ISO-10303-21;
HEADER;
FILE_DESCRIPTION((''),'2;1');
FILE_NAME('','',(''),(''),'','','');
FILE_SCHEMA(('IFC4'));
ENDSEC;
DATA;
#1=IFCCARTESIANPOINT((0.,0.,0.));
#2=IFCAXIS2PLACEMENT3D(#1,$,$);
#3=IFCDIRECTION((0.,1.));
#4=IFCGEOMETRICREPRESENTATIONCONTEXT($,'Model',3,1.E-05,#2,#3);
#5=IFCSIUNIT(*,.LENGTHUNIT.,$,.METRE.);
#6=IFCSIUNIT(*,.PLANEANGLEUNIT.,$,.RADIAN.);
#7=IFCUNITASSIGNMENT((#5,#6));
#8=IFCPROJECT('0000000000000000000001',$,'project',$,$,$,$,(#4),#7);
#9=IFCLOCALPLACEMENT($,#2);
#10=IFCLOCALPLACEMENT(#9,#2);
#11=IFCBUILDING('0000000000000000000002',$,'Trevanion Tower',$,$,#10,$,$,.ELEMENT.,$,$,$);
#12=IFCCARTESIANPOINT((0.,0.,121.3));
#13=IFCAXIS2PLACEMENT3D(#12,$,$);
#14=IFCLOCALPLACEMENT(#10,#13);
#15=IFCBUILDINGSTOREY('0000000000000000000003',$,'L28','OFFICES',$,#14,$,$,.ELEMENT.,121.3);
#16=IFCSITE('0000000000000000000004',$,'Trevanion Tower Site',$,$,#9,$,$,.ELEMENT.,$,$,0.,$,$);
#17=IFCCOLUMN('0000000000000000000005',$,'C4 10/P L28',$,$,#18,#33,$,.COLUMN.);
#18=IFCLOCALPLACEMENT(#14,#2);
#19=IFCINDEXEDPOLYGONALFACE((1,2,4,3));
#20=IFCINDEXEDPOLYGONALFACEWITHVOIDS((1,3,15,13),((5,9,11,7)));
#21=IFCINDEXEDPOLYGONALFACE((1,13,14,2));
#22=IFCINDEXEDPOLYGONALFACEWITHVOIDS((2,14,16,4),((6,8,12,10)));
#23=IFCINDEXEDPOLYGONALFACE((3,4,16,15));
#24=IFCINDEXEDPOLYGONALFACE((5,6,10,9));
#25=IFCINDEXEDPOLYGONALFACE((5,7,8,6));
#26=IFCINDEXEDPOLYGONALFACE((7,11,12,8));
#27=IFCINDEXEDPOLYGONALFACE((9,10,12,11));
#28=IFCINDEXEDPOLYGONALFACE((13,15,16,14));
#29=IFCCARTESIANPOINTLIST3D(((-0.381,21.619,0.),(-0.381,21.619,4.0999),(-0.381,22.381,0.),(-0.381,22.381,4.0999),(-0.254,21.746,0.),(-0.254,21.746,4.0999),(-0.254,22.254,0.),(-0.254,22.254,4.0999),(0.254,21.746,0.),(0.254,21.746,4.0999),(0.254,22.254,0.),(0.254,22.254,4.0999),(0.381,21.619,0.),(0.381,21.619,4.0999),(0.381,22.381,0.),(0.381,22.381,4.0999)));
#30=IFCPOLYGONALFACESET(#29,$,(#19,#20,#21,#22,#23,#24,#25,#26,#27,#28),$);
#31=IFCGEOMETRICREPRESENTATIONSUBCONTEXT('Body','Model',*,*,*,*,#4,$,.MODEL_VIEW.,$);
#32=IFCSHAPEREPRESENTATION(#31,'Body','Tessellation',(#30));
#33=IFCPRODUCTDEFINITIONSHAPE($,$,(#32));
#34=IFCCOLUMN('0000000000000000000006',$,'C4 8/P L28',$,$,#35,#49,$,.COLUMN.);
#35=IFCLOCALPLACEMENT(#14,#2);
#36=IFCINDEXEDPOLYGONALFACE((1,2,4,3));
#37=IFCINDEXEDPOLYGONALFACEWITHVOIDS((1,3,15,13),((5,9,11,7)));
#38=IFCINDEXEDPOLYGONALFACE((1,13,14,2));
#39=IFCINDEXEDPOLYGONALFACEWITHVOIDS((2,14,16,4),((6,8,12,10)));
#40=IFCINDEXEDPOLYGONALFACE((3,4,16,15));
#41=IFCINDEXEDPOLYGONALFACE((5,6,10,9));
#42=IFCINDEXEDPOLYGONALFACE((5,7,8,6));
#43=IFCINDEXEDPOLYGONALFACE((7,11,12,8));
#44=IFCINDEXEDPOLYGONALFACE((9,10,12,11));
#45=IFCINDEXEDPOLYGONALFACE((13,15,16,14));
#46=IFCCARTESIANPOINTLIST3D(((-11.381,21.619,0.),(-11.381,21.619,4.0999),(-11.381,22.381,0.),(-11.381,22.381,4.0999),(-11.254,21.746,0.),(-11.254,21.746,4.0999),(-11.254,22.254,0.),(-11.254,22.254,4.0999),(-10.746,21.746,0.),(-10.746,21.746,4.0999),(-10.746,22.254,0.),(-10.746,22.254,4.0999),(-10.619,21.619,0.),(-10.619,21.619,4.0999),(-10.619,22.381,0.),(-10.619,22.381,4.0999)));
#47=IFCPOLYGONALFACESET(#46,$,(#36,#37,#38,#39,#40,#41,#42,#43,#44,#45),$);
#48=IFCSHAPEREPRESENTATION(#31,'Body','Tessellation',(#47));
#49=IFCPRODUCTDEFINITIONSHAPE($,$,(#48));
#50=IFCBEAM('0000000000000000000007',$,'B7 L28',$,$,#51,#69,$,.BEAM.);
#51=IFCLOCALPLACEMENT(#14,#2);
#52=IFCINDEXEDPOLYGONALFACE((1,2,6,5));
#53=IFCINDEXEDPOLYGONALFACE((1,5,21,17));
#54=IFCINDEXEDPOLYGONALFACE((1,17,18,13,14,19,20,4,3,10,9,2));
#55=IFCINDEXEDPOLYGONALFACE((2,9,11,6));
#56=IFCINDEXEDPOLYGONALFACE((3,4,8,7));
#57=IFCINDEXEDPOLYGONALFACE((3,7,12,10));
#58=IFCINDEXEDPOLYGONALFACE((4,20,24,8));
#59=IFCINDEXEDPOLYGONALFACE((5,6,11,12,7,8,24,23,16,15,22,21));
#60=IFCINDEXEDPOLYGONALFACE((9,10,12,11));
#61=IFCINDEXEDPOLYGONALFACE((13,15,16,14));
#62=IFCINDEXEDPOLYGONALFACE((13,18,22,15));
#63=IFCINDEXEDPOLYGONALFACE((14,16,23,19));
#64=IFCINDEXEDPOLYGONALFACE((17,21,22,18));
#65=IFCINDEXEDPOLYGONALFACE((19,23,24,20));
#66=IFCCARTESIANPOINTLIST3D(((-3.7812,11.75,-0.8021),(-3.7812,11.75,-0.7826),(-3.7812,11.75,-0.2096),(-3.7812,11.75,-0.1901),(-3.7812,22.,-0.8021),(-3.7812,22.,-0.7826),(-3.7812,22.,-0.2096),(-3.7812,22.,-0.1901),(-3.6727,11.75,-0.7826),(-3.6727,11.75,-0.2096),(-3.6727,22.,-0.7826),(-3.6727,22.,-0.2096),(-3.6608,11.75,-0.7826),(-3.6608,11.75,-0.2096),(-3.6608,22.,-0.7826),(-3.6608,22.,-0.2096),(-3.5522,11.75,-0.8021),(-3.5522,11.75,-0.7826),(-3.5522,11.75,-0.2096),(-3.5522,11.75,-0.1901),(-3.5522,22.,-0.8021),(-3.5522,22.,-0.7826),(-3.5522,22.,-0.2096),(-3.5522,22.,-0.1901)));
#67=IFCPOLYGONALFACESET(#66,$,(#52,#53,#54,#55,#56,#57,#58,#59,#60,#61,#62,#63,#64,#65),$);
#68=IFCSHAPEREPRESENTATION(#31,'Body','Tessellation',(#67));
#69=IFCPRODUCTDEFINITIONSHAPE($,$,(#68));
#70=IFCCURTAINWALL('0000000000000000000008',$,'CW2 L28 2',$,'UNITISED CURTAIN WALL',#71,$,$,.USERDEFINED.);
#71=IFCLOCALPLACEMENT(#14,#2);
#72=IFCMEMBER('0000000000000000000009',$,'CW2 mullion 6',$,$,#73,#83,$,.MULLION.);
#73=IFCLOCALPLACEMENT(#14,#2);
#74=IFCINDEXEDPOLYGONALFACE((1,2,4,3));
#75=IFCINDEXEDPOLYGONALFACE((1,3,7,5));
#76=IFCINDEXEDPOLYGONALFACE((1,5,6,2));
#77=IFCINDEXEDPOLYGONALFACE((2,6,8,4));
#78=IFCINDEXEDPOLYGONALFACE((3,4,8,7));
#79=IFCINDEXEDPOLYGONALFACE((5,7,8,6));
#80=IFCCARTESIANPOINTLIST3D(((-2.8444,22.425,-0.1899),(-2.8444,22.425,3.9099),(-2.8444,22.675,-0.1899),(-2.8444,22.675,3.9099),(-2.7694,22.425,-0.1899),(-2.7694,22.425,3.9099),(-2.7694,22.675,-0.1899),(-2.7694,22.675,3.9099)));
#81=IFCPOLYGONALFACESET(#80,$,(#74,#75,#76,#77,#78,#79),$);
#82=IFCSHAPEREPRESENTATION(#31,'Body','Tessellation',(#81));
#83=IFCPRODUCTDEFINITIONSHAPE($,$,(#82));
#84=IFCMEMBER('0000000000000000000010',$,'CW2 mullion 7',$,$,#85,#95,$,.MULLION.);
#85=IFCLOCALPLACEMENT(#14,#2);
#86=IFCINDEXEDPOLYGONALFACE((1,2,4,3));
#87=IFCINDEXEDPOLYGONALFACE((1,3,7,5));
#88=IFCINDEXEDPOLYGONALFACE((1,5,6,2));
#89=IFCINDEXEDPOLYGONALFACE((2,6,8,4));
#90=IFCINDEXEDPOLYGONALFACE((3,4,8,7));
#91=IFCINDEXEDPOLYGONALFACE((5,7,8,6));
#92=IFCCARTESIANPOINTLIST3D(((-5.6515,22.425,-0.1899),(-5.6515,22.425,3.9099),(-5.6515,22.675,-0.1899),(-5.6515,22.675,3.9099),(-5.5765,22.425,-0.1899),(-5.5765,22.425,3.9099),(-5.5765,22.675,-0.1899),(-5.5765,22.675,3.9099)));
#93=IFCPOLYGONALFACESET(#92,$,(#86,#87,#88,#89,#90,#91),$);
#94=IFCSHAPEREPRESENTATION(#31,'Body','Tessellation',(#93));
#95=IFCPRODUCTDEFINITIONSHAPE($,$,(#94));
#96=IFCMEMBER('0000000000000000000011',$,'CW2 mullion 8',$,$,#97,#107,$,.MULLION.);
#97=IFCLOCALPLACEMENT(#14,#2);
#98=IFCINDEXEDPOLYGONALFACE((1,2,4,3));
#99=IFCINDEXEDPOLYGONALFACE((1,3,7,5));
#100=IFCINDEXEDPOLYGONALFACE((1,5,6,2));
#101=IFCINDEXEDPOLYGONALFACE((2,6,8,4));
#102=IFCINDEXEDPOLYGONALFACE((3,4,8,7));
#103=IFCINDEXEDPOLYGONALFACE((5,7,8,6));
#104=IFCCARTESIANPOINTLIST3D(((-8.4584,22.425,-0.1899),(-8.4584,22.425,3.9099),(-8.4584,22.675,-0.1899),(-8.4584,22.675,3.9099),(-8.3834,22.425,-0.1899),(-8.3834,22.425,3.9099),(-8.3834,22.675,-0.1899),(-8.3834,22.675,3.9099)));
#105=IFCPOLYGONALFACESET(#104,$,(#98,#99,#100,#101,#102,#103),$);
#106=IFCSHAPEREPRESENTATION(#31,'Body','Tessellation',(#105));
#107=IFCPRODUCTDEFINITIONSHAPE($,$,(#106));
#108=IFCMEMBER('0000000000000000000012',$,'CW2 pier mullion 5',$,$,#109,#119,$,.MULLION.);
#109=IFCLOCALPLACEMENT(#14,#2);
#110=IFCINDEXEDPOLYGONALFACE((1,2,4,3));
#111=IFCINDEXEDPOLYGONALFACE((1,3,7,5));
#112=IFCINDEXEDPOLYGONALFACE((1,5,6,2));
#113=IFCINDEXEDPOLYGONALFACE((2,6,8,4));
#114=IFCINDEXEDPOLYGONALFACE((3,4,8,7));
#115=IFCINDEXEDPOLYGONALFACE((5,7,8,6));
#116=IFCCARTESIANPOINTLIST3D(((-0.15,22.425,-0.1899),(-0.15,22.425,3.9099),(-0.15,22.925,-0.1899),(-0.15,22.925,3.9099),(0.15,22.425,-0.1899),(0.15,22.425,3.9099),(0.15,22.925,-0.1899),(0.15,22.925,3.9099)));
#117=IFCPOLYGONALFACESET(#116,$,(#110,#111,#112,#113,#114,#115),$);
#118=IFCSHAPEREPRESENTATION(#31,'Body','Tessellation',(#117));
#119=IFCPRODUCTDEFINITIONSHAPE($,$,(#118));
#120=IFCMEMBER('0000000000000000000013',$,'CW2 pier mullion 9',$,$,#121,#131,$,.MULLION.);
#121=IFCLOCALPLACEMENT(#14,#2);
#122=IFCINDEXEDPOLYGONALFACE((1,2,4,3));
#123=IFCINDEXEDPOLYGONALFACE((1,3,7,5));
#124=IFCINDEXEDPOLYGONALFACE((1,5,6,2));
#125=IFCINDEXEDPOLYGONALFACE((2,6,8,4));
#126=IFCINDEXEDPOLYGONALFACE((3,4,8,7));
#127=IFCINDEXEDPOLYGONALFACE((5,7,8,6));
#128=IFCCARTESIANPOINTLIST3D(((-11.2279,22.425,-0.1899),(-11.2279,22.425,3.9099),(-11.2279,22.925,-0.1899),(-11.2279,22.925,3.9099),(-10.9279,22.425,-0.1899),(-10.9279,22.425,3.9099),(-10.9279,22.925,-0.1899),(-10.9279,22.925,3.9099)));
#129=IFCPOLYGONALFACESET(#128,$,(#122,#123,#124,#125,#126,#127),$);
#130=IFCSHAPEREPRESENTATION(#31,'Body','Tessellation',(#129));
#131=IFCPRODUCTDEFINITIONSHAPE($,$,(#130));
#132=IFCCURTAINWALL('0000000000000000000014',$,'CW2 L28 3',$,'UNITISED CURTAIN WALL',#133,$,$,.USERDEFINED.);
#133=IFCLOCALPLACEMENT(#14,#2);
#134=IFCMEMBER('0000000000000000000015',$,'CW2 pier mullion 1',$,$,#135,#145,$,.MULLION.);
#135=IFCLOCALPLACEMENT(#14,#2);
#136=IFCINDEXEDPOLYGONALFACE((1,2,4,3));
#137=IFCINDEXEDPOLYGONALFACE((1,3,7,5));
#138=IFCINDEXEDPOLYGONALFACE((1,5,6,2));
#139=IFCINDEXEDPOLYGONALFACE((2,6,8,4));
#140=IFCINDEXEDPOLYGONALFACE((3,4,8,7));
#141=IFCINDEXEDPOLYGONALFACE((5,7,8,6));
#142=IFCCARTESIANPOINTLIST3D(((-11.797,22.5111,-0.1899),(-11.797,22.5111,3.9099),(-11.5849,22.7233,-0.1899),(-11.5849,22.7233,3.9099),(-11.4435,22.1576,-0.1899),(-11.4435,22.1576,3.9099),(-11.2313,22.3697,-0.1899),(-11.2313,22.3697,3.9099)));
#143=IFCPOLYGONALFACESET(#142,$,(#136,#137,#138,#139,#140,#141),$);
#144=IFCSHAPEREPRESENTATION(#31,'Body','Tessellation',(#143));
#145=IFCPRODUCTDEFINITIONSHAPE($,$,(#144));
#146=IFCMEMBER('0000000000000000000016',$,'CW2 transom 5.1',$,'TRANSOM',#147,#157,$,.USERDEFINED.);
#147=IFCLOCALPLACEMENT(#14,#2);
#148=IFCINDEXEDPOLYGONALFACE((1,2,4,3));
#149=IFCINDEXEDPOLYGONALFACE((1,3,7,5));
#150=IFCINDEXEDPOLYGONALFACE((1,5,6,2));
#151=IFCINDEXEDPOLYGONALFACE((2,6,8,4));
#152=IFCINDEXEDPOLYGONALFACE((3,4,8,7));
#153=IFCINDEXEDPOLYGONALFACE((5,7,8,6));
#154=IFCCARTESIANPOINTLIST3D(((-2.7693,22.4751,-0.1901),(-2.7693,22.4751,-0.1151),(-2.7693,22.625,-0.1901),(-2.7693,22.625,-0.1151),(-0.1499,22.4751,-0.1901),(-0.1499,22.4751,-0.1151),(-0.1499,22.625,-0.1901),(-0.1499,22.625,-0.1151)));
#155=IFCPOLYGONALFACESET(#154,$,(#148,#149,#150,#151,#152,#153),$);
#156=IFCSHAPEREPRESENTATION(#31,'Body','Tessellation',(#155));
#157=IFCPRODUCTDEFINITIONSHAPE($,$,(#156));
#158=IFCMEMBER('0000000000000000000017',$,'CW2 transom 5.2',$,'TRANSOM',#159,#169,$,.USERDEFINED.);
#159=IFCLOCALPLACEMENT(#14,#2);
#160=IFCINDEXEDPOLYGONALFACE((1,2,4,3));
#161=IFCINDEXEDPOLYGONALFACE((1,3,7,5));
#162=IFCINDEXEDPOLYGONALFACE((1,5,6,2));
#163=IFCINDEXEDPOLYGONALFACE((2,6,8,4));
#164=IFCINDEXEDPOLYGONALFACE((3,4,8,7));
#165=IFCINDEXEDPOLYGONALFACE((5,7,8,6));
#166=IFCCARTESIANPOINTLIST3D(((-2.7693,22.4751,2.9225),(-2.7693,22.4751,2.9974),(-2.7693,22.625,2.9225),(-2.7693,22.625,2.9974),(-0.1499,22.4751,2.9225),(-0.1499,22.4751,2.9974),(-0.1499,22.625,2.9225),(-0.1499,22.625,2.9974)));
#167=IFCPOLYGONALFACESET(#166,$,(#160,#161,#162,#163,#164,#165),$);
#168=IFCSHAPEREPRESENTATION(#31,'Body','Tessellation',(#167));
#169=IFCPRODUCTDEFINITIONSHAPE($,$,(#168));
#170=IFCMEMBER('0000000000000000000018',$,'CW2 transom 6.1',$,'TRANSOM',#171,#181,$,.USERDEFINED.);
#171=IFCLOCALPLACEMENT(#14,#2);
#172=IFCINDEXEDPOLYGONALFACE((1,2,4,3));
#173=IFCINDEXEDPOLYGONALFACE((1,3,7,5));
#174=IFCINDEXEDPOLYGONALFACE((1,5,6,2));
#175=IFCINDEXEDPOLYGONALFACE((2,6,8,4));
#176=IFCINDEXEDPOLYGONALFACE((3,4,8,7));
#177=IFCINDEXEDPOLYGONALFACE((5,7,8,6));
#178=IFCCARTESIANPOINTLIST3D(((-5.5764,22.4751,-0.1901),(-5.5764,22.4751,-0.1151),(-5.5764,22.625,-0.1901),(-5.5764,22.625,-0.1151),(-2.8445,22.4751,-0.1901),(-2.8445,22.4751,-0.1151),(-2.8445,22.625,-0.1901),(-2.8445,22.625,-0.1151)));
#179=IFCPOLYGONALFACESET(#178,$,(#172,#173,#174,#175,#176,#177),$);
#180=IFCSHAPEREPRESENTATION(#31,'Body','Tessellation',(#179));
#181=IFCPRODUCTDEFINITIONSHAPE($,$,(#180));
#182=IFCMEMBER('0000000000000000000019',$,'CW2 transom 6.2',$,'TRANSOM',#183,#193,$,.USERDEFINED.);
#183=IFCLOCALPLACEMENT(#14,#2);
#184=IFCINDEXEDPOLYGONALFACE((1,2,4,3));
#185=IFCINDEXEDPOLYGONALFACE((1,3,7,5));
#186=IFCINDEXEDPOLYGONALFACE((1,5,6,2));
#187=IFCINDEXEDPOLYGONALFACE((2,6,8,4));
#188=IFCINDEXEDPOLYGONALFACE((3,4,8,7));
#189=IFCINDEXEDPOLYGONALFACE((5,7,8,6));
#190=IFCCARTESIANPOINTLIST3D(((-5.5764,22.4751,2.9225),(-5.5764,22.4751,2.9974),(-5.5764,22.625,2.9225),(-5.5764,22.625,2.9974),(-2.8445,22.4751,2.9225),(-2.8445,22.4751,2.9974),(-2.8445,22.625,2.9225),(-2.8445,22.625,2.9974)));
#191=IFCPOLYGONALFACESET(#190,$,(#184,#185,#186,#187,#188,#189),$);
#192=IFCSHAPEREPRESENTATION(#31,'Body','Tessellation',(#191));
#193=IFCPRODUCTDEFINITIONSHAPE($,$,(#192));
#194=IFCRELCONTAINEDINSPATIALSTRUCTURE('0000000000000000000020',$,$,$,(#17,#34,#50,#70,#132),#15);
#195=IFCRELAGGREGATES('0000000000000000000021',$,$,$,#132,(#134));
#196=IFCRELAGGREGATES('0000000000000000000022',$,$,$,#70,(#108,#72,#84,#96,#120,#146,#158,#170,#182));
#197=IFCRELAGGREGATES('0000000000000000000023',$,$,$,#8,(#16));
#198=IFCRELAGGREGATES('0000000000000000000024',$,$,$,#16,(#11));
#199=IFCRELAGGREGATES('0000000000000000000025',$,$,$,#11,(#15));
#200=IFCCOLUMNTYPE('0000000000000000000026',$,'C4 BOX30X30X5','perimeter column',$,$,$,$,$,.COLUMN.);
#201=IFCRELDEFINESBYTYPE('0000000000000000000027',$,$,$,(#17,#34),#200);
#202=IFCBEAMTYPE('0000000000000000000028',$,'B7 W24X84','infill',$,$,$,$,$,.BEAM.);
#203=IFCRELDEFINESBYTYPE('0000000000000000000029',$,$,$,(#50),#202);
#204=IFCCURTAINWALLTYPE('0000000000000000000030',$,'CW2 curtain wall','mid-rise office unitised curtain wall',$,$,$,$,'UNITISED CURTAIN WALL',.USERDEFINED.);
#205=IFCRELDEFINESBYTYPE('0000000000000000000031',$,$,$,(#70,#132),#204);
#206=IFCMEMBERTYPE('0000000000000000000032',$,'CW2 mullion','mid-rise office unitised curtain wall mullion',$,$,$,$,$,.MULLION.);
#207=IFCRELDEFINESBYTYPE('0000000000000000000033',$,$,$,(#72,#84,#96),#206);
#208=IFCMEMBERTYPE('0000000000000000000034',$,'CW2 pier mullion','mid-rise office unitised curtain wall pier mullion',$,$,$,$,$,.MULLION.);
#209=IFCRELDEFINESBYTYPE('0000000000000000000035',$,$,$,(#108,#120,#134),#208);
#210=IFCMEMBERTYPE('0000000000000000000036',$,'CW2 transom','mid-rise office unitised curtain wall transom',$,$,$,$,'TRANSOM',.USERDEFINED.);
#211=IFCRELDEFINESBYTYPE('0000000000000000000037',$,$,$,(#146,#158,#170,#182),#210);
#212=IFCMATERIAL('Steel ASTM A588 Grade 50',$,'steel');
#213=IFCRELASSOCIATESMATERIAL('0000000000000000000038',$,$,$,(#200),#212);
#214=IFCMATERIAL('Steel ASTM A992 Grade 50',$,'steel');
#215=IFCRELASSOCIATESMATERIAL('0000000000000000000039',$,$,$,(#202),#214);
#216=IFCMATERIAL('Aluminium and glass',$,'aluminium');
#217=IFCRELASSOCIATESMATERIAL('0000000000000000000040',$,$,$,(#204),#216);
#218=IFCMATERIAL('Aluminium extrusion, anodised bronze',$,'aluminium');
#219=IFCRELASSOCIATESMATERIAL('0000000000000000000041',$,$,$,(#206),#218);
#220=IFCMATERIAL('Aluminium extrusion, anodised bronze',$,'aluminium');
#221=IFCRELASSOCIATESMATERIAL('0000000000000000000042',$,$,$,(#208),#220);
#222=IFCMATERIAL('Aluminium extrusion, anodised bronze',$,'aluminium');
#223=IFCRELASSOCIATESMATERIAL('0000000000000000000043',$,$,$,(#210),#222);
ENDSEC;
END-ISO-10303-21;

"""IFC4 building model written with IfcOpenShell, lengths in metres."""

from ifc_helpers import new_model, si_unit, direction, frame, origin, origin_2d, place, context, subcontext, project, spatial, rectangle, hollow_rectangle, i_section, extrude, material, material_profile, profile_set, type_object, element, aggregate, save


model = new_model("IFC4")

# Units and contexts
model_context = context("Model", 3, precision=1e-05, world=origin(), true_north=direction((0.0, 1.0)))
body_context = subcontext(model_context, "Body", "Model", "MODEL_VIEW")
ifc_project = project(units=[si_unit("LENGTHUNIT", "METRE"), si_unit("PLANEANGLEUNIT", "RADIAN")], contexts=[model_context])

# Site, building, storey
site_placement = place(None, origin())
site = spatial("IfcSite", under=ifc_project, at=site_placement, Name="Trevanion Tower Site", CompositionType="ELEMENT", RefElevation=0.0)
building_placement = place(site_placement, origin())
building = spatial("IfcBuilding", under=site, at=building_placement, Name="Trevanion Tower", CompositionType="ELEMENT")
storey_placement = place(building_placement, frame((0.0, 0.0, 121.3)))
storey = spatial("IfcBuildingStorey", under=building, at=storey_placement, Name="L28", Description="OFFICES", CompositionType="ELEMENT", Elevation=121.3)

# Columns
ifc_material_1 = material(Name="Steel ASTM A588 Grade 50", Category="steel")
ifc_material_profile_1 = material_profile(ifc_material_1, hollow_rectangle(XDim=0.762, YDim=0.762, WallThickness=0.127, at=origin_2d()), Name="BOX30X30X5")
ifc_profile_set_1 = profile_set([ifc_material_profile_1], Name="Steel ASTM A588 Grade 50")
column_type = type_object("IfcColumnType", Name="C4 BOX30X30X5", Description="perimeter column", PredefinedType="COLUMN", material=ifc_profile_set_1)
for number, where, z_axis, x_axis, name in (
    (1, (0.0, 22.0, 0.0), (0.0, 0.0, 1.0), (1.0, 0.0, 0.0), "C4 10/P L28"),
    (2, (-11.0, 22.0, 0.0), (0.0, 0.0, 1.0), (1.0, 0.0, 0.0), "C4 8/P L28"),
):
    element("IfcColumn", number, at=place(storey_placement, frame(where, z_axis=z_axis, x_axis=x_axis)), inside=storey, type_object=column_type, Name=name, PredefinedType="COLUMN", context=body_context, shape_type="SweptSolid", body=[
        extrude(hollow_rectangle(XDim=0.762, YDim=0.762, WallThickness=0.127, at=origin_2d()), origin(), (0.0, 0.0, 1.0), 4.0999),
    ])

# Beam
ifc_material_2 = material(Name="Steel ASTM A992 Grade 50", Category="steel")
ifc_material_profile_2 = material_profile(ifc_material_2, i_section(OverallWidth=0.229, OverallDepth=0.6121, WebThickness=0.012, FlangeThickness=0.0195, at=origin_2d()), Name="W24X84")
ifc_profile_set_2 = profile_set([ifc_material_profile_2], Name="Steel ASTM A992 Grade 50")
beam_type_1 = type_object("IfcBeamType", Name="B7 W24X84", Description="infill", PredefinedType="BEAM", material=ifc_profile_set_2)
beam_1_placement = place(storey_placement, frame((-3.6667, 11.75, -0.4961), z_axis=(0.0, 1.0, 0.0), x_axis=(-1.0, 0.0, 0.0)))
element("IfcBeam", 3, at=beam_1_placement, inside=storey, type_object=beam_type_1, Name="B7 L28", PredefinedType="BEAM", context=body_context, shape_type="SweptSolid", body=[
    extrude(i_section(OverallWidth=0.229, OverallDepth=0.6121, WebThickness=0.012, FlangeThickness=0.0195, at=origin_2d()), origin(), (0.0, 0.0, 1.0), 10.25),
])

# Curtain wall, members
ifc_material_3 = material(Name="Aluminium and glass", Category="aluminium")
curtain_wall_type = type_object("IfcCurtainWallType", Name="CW2 curtain wall", Description="mid-rise office unitised curtain wall", ElementType="UNITISED CURTAIN WALL", PredefinedType="USERDEFINED", material=ifc_material_3)
curtain_wall_1_placement = place(storey_placement, origin())
curtain_wall_1 = element("IfcCurtainWall", 4, at=curtain_wall_1_placement, inside=storey, type_object=curtain_wall_type, Name="CW2 L28 2", ObjectType="UNITISED CURTAIN WALL", PredefinedType="USERDEFINED")
ifc_material_4 = material(Name="Aluminium extrusion, anodised bronze", Category="aluminium")
ifc_material_profile_3 = material_profile(ifc_material_4, rectangle(XDim=0.075, YDim=0.25, at=origin_2d()), Name="CW2 mullion")
ifc_profile_set_3 = profile_set([ifc_material_profile_3], Name="Aluminium extrusion, anodised bronze")
member_type_1 = type_object("IfcMemberType", Name="CW2 mullion", Description="mid-rise office unitised curtain wall mullion", PredefinedType="MULLION", material=ifc_profile_set_3)
member_1_placement = place(storey_placement, frame((-2.8069, 22.55, -0.1899), z_axis=(0.0, 0.0, 1.0), x_axis=(-1.0, 0.0, 0.0)))
member_1 = element("IfcMember", 5, at=member_1_placement, type_object=member_type_1, Name="CW2 mullion 6", PredefinedType="MULLION", context=body_context, shape_type="SweptSolid", body=[
    extrude(rectangle(XDim=0.075, YDim=0.25, at=origin_2d()), origin(), (0.0, 0.0, 1.0), 4.0999),
])
member_2_placement = place(storey_placement, frame((-5.614, 22.55, -0.1899), z_axis=(0.0, 0.0, 1.0), x_axis=(-1.0, 0.0, 0.0)))
member_2 = element("IfcMember", 6, at=member_2_placement, type_object=member_type_1, Name="CW2 mullion 7", PredefinedType="MULLION", context=body_context, shape_type="SweptSolid", body=[
    extrude(rectangle(XDim=0.075, YDim=0.25, at=origin_2d()), origin(), (0.0, 0.0, 1.0), 4.0999),
])
member_3_placement = place(storey_placement, frame((-8.4209, 22.55, -0.1899), z_axis=(0.0, 0.0, 1.0), x_axis=(-1.0, 0.0, 0.0)))
member_3 = element("IfcMember", 7, at=member_3_placement, type_object=member_type_1, Name="CW2 mullion 8", PredefinedType="MULLION", context=body_context, shape_type="SweptSolid", body=[
    extrude(rectangle(XDim=0.075, YDim=0.25, at=origin_2d()), origin(), (0.0, 0.0, 1.0), 4.0999),
])
ifc_material_5 = material(Name="Aluminium extrusion, anodised bronze", Category="aluminium")
ifc_material_profile_4 = material_profile(ifc_material_5, rectangle(XDim=0.3, YDim=0.5, at=origin_2d()), Name="CW2 pier mullion")
ifc_profile_set_4 = profile_set([ifc_material_profile_4], Name="Aluminium extrusion, anodised bronze")
member_type_2 = type_object("IfcMemberType", Name="CW2 pier mullion", Description="mid-rise office unitised curtain wall pier mullion", PredefinedType="MULLION", material=ifc_profile_set_4)
member_4_placement = place(storey_placement, frame((0.0, 22.675, -0.1899), z_axis=(0.0, 0.0, 1.0), x_axis=(-1.0, 0.0, 0.0)))
member_4 = element("IfcMember", 8, at=member_4_placement, type_object=member_type_2, Name="CW2 pier mullion 5", PredefinedType="MULLION", context=body_context, shape_type="SweptSolid", body=[
    extrude(rectangle(XDim=0.3, YDim=0.5, at=origin_2d()), origin(), (0.0, 0.0, 1.0), 4.0999),
])
member_5_placement = place(storey_placement, frame((-11.0779, 22.675, -0.1899), z_axis=(0.0, 0.0, 1.0), x_axis=(-1.0, 0.0, 0.0)))
member_5 = element("IfcMember", 9, at=member_5_placement, type_object=member_type_2, Name="CW2 pier mullion 9", PredefinedType="MULLION", context=body_context, shape_type="SweptSolid", body=[
    extrude(rectangle(XDim=0.3, YDim=0.5, at=origin_2d()), origin(), (0.0, 0.0, 1.0), 4.0999),
])

# Curtain wall, member
curtain_wall_2_placement = place(storey_placement, origin())
curtain_wall_2 = element("IfcCurtainWall", 10, at=curtain_wall_2_placement, inside=storey, type_object=curtain_wall_type, Name="CW2 L28 3", ObjectType="UNITISED CURTAIN WALL", PredefinedType="USERDEFINED")
member_6_placement = place(storey_placement, frame((-11.5142, 22.4404, -0.1899), z_axis=(0.0, 0.0, 1.0), x_axis=(-0.707107, -0.707107, 0.0)))
member_6 = element("IfcMember", 11, at=member_6_placement, type_object=member_type_2, Name="CW2 pier mullion 1", PredefinedType="MULLION", context=body_context, shape_type="SweptSolid", body=[
    extrude(rectangle(XDim=0.3, YDim=0.5, at=origin_2d()), origin(), (0.0, 0.0, 1.0), 4.0999),
])
aggregate(curtain_wall_2, [member_6])

# Members
ifc_material_6 = material(Name="Aluminium extrusion, anodised bronze", Category="aluminium")
ifc_material_profile_5 = material_profile(ifc_material_6, rectangle(XDim=0.1499, YDim=0.075, at=origin_2d()), Name="CW2 transom")
ifc_profile_set_5 = profile_set([ifc_material_profile_5], Name="Aluminium extrusion, anodised bronze")
member_type_3 = type_object("IfcMemberType", Name="CW2 transom", Description="mid-rise office unitised curtain wall transom", ElementType="TRANSOM", PredefinedType="USERDEFINED", material=ifc_profile_set_5)
member_7_placement = place(storey_placement, frame((-0.1499, 22.55, -0.1526), z_axis=(-1.0, 0.0, 0.0), x_axis=(0.0, -1.0, 0.0)))
member_7 = element("IfcMember", 12, at=member_7_placement, type_object=member_type_3, Name="CW2 transom 5.1", ObjectType="TRANSOM", PredefinedType="USERDEFINED", context=body_context, shape_type="SweptSolid", body=[
    extrude(rectangle(XDim=0.1499, YDim=0.075, at=origin_2d()), origin(), (0.0, 0.0, 1.0), 2.6194),
])
member_8_placement = place(storey_placement, frame((-0.1499, 22.55, 2.96), z_axis=(-1.0, 0.0, 0.0), x_axis=(0.0, -1.0, 0.0)))
member_8 = element("IfcMember", 13, at=member_8_placement, type_object=member_type_3, Name="CW2 transom 5.2", ObjectType="TRANSOM", PredefinedType="USERDEFINED", context=body_context, shape_type="SweptSolid", body=[
    extrude(rectangle(XDim=0.1499, YDim=0.075, at=origin_2d()), origin(), (0.0, 0.0, 1.0), 2.6194),
])
member_9_placement = place(storey_placement, frame((-2.8445, 22.55, -0.1526), z_axis=(-1.0, 0.0, 0.0), x_axis=(0.0, -1.0, 0.0)))
member_9 = element("IfcMember", 14, at=member_9_placement, type_object=member_type_3, Name="CW2 transom 6.1", ObjectType="TRANSOM", PredefinedType="USERDEFINED", context=body_context, shape_type="SweptSolid", body=[
    extrude(rectangle(XDim=0.1499, YDim=0.075, at=origin_2d()), origin(), (0.0, 0.0, 1.0), 2.7319),
])
member_10_placement = place(storey_placement, frame((-2.8445, 22.55, 2.96), z_axis=(-1.0, 0.0, 0.0), x_axis=(0.0, -1.0, 0.0)))
member_10 = element("IfcMember", 15, at=member_10_placement, type_object=member_type_3, Name="CW2 transom 6.2", ObjectType="TRANSOM", PredefinedType="USERDEFINED", context=body_context, shape_type="SweptSolid", body=[
    extrude(rectangle(XDim=0.1499, YDim=0.075, at=origin_2d()), origin(), (0.0, 0.0, 1.0), 2.7319),
])

aggregate(curtain_wall_1, [member_4, member_1, member_2, member_3, member_5, member_7, member_8, member_9, member_10])

save(model, "model.ifc")
